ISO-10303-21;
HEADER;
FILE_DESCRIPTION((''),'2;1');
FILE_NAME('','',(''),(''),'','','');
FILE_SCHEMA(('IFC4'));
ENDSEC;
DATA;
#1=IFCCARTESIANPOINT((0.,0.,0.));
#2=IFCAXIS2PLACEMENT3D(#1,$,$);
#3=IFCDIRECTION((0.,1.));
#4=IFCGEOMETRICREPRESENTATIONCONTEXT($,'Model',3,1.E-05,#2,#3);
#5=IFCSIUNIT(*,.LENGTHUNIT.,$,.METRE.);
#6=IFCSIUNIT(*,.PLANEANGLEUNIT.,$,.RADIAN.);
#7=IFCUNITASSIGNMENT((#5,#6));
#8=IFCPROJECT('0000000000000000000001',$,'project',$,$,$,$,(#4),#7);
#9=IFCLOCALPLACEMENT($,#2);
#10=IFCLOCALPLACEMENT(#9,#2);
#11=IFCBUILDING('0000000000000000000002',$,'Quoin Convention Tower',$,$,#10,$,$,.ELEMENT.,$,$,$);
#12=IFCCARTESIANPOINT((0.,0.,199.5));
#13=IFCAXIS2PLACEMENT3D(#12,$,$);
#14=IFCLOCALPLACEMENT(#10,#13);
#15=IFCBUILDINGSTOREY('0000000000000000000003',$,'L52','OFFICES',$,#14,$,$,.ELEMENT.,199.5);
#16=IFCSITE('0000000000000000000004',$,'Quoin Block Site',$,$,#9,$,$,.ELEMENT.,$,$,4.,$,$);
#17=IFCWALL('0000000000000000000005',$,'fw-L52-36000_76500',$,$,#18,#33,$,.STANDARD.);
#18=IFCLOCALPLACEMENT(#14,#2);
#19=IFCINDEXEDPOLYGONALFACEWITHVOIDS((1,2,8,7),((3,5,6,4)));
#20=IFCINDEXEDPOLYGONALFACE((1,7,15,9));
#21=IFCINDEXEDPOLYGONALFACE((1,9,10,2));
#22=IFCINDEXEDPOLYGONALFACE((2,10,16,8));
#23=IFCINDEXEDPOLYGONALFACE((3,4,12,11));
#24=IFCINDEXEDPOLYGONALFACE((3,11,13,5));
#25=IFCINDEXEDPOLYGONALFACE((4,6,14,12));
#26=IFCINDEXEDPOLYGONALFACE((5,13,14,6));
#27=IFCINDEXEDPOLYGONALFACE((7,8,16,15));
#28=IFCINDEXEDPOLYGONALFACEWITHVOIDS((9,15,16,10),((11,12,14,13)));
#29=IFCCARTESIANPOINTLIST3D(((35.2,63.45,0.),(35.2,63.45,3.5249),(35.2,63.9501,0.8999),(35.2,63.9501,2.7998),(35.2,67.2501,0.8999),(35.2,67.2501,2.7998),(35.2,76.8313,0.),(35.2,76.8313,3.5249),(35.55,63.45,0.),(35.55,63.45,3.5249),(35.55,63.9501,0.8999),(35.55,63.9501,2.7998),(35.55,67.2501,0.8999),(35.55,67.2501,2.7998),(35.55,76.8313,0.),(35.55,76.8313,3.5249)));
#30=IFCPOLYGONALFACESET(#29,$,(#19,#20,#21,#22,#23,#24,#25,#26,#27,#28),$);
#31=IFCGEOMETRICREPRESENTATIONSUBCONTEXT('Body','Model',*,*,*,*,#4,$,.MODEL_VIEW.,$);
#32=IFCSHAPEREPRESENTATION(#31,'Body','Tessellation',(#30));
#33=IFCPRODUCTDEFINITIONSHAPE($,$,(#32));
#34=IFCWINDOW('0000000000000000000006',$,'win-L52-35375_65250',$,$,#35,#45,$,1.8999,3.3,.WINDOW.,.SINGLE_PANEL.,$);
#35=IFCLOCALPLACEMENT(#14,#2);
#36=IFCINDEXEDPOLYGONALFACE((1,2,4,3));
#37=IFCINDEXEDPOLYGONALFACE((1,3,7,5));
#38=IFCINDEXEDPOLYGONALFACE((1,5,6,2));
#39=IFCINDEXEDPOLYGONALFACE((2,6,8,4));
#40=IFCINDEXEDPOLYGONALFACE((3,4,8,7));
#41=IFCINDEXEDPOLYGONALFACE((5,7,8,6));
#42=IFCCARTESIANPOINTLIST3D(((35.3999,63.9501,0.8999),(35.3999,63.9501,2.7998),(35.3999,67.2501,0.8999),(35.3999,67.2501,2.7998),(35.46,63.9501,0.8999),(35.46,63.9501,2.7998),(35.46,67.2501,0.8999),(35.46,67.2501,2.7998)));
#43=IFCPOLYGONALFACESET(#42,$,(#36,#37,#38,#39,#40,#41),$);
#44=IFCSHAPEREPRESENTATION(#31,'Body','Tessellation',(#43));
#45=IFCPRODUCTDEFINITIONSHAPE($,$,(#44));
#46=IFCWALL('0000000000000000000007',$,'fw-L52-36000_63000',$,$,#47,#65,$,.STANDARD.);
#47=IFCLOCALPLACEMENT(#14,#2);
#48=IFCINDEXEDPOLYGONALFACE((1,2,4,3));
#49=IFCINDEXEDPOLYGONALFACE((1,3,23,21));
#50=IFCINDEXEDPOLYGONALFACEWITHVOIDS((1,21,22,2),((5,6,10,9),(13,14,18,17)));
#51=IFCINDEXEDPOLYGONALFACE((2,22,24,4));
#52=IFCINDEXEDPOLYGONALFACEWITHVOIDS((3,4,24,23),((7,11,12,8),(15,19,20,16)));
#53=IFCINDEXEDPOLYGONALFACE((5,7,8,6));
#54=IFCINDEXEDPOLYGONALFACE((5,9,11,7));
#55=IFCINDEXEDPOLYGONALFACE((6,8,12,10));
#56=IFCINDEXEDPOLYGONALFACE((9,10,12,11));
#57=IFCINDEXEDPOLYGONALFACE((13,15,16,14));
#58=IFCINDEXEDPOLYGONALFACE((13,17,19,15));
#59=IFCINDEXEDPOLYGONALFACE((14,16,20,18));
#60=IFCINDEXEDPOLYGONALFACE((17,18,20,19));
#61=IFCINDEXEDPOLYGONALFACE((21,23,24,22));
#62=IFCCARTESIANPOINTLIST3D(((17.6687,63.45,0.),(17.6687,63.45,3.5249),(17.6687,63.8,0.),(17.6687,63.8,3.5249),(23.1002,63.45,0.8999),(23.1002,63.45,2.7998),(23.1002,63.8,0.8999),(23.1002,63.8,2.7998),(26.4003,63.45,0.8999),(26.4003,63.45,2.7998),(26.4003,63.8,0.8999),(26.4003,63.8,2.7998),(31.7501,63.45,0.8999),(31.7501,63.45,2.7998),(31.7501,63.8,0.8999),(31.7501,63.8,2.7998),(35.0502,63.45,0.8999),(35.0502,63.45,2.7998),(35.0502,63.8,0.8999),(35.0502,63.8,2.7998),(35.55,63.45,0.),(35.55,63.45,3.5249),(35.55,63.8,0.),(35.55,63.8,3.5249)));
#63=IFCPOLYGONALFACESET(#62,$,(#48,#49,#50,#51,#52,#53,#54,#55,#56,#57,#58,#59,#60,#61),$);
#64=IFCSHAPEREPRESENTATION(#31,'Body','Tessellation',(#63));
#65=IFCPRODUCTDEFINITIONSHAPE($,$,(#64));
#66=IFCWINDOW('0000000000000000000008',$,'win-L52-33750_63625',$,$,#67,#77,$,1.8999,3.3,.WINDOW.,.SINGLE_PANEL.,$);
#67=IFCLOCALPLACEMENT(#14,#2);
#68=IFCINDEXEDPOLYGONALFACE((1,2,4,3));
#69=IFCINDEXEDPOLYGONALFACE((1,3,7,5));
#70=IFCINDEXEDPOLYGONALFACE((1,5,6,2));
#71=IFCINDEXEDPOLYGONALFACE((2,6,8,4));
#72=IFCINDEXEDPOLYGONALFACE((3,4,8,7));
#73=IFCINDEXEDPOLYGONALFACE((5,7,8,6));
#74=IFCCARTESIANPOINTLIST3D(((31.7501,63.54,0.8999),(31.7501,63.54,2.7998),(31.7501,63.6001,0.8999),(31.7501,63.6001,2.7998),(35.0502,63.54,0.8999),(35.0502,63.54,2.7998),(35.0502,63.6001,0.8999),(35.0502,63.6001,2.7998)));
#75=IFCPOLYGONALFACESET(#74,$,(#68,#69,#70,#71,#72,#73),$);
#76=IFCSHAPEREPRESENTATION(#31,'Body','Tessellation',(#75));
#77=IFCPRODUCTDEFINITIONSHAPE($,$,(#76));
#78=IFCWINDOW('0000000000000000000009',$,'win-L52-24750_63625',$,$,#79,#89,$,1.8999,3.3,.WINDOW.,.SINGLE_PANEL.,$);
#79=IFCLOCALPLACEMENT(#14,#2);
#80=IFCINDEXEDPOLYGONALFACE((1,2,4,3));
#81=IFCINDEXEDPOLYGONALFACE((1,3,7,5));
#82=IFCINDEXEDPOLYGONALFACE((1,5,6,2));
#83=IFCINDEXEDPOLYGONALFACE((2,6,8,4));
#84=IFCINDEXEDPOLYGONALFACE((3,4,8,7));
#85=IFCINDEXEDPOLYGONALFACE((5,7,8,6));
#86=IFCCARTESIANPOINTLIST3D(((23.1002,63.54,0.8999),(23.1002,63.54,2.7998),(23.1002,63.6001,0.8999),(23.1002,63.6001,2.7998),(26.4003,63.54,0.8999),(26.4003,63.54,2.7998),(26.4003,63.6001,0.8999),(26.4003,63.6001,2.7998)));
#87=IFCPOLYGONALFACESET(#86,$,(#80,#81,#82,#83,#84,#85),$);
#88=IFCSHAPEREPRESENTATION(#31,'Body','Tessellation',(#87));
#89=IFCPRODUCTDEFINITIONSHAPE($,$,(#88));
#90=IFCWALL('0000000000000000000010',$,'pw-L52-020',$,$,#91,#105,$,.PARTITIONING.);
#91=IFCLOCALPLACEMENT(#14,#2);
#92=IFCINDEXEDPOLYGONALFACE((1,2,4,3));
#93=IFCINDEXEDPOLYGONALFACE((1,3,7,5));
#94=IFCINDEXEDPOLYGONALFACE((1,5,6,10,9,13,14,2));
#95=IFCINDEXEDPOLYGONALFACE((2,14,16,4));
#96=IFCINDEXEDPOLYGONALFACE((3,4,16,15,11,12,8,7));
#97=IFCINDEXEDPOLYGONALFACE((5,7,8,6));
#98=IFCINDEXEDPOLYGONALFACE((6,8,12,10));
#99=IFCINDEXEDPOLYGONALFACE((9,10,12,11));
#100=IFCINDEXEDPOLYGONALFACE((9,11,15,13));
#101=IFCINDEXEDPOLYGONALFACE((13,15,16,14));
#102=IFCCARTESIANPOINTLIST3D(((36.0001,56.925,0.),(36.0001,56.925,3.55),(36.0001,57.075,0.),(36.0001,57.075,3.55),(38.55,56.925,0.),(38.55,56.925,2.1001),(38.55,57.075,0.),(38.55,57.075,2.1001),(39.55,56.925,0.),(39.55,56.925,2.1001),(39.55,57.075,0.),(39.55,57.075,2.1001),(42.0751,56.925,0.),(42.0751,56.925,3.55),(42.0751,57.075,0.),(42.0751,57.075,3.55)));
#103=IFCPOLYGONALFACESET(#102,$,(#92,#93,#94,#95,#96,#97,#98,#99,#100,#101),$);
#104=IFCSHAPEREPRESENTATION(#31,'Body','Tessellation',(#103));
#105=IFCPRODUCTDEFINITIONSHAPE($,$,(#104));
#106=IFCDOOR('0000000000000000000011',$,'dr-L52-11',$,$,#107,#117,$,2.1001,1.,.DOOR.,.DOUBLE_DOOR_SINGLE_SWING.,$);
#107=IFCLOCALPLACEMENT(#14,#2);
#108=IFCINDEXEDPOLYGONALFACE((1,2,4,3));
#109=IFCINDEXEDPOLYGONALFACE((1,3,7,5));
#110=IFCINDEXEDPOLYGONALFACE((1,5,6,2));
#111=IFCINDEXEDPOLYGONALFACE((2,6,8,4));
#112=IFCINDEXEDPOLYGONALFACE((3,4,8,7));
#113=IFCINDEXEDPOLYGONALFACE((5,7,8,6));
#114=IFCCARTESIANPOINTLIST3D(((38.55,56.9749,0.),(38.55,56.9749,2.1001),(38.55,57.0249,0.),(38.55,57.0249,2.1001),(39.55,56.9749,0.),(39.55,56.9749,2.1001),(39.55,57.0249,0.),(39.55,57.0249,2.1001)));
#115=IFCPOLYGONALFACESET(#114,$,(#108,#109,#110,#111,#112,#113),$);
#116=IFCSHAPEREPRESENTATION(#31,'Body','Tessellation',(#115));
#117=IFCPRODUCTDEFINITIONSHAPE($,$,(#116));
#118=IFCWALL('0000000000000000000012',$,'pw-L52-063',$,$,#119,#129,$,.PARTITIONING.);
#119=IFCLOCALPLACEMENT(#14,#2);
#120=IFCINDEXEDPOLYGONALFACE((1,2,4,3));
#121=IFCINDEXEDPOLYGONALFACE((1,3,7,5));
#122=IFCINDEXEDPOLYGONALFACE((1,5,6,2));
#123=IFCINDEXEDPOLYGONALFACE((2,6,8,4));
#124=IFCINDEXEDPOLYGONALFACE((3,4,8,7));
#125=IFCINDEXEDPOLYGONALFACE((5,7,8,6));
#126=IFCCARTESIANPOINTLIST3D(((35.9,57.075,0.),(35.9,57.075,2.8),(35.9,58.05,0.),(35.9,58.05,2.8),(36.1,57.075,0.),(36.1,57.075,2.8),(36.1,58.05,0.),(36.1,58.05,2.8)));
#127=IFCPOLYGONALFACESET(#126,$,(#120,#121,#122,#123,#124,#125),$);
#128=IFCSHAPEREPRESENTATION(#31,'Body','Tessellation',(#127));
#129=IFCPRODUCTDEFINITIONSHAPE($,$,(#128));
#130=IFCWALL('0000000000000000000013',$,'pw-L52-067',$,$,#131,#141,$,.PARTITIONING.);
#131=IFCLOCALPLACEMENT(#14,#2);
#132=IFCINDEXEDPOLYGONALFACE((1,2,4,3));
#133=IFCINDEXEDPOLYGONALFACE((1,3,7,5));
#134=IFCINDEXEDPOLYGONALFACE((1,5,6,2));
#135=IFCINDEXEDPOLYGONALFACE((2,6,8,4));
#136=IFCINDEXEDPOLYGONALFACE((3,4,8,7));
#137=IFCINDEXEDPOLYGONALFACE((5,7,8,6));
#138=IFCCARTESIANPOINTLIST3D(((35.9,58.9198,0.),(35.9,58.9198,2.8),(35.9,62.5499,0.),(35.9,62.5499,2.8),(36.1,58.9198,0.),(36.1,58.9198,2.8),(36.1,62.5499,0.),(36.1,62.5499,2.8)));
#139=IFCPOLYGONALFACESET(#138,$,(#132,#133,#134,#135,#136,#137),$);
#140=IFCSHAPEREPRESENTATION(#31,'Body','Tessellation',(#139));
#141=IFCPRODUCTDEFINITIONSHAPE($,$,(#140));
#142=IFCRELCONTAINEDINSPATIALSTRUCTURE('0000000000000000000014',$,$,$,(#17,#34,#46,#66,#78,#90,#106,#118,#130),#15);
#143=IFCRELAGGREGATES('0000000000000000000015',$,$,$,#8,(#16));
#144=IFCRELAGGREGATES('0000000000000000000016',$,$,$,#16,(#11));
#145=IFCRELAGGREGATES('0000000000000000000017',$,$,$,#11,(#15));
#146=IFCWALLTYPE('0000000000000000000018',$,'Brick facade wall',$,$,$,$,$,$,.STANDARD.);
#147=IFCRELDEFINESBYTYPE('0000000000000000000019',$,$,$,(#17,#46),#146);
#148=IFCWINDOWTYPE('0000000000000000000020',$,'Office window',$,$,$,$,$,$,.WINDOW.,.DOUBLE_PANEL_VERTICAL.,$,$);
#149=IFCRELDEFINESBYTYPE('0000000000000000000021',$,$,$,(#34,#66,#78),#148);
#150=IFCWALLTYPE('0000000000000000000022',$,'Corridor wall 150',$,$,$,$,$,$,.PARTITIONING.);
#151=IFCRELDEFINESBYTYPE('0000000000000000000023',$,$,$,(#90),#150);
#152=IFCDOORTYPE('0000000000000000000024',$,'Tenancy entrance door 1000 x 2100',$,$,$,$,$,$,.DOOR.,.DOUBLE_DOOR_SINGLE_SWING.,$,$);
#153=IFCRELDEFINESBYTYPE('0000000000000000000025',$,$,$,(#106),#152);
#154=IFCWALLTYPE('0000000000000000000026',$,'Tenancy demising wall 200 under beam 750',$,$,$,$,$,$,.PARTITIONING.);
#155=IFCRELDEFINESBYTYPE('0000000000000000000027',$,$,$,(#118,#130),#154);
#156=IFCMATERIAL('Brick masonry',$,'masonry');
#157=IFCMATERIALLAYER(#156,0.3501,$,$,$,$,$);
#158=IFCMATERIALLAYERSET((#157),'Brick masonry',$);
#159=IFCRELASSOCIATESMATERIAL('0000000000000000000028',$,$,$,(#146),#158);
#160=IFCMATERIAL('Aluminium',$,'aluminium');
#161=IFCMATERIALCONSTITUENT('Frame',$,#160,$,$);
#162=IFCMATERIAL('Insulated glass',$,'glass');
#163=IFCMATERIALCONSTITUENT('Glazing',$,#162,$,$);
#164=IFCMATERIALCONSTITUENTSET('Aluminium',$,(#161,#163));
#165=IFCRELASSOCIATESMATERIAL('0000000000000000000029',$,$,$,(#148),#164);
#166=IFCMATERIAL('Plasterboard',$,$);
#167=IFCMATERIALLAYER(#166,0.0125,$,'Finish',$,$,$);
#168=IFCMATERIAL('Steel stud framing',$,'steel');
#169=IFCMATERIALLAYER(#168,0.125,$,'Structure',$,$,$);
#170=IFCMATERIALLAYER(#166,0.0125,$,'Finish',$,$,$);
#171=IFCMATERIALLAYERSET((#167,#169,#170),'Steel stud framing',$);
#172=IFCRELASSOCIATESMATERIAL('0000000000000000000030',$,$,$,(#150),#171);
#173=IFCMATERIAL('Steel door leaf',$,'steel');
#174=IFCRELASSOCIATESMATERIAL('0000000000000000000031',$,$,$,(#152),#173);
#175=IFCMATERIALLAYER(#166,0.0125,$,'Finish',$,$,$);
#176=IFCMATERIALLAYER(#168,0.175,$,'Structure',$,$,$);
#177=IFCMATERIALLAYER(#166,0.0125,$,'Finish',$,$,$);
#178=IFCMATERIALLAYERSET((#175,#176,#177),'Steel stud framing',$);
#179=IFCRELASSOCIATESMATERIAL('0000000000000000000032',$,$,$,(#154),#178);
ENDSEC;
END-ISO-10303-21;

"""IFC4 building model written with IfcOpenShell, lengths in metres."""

from ifc_helpers import new_model, si_unit, direction, frame, frame_2d, origin, place, context, subcontext, project, spatial, rectangle, extrude, material, layer, layer_set, constituent, constituent_set, type_object, element, fill, save


model = new_model("IFC4")

# Units and contexts
model_context = context("Model", 3, precision=1e-05, world=origin(), true_north=direction((0.0, 1.0)))
body_context = subcontext(model_context, "Body", "Model", "MODEL_VIEW")
ifc_project = project(units=[si_unit("LENGTHUNIT", "METRE"), si_unit("PLANEANGLEUNIT", "RADIAN")], contexts=[model_context])

# Site, building, storey
site_placement = place(None, origin())
site = spatial("IfcSite", under=ifc_project, at=site_placement, Name="Quoin Block Site", CompositionType="ELEMENT", RefElevation=4.0)
building_placement = place(site_placement, origin())
building = spatial("IfcBuilding", under=site, at=building_placement, Name="Quoin Convention Tower", CompositionType="ELEMENT")
storey_placement = place(building_placement, frame((0.0, 0.0, 199.5)))
storey = spatial("IfcBuildingStorey", under=building, at=storey_placement, Name="L52", Description="OFFICES", CompositionType="ELEMENT", Elevation=199.5)

# Shared definitions
ifc_material_1 = material(Name="Plasterboard")
ifc_material_2 = material(Name="Steel stud framing", Category="steel")

# Wall, opening, window
ifc_material_3 = material(Name="Brick masonry", Category="masonry")
ifc_layer_1 = layer(ifc_material_3, 0.3501)
ifc_layer_set_1 = layer_set([ifc_layer_1], Name="Brick masonry")
wall_type_1 = type_object("IfcWallType", Name="Brick facade wall", PredefinedType="STANDARD", material=ifc_layer_set_1)
wall_1_placement = place(storey_placement, frame((35.375, 76.8313, 0.0), z_axis=(0.0, 0.0, 1.0), x_axis=(0.0, -1.0, 0.0)))
wall_1 = element("IfcWall", 1, at=wall_1_placement, inside=storey, type_object=wall_type_1, Name="fw-L52-36000_76500", PredefinedType="STANDARD", context=body_context, shape_type="SweptSolid", body=[
    extrude(rectangle(XDim=13.3813, YDim=0.3501, at=frame_2d((6.6907, 0.0))), origin(), (0.0, 0.0, 1.0), 3.5249),
])
opening_1_placement = place(wall_1_placement, frame((9.5813, 0.0, 0.8999)))
opening_1 = element("IfcOpeningElement", 2, at=opening_1_placement, cuts=wall_1, PredefinedType="OPENING", context=body_context, shape_type="SweptSolid", body=[
    extrude(rectangle(XDim=3.3, YDim=1.8999, at=frame_2d((1.6499, 0.95))), frame((0.0, 0.1851, 0.0), z_axis=(0.0, -1.0, 0.0), x_axis=(1.0, 0.0, 0.0)), (0.0, 0.0, 1.0), 0.3701),
])
ifc_material_4 = material(Name="Aluminium", Category="aluminium")
ifc_constituent_1 = constituent(ifc_material_4, Name="Frame")
ifc_material_5 = material(Name="Insulated glass", Category="glass")
ifc_constituent_2 = constituent(ifc_material_5, Name="Glazing")
ifc_constituent_set = constituent_set(constituents=[ifc_constituent_1, ifc_constituent_2], Name="Aluminium")
window_type = type_object("IfcWindowType", Name="Office window", PartitioningType="DOUBLE_PANEL_VERTICAL", PredefinedType="WINDOW", material=ifc_constituent_set)
window_1_placement = place(opening_1_placement, origin())
window_1 = element("IfcWindow", 3, at=window_1_placement, inside=storey, type_object=window_type, Name="win-L52-35375_65250", OverallHeight=1.8999, OverallWidth=3.3, PartitioningType="SINGLE_PANEL", PredefinedType="WINDOW", context=body_context, shape_type="SweptSolid", body=[
    extrude(rectangle(XDim=3.3, YDim=1.8999, at=frame_2d((1.6499, 0.95))), frame((0.0, 0.085, 0.0), z_axis=(0.0, -1.0, 0.0), x_axis=(1.0, 0.0, 0.0)), (0.0, 0.0, 1.0), 0.0601),
])
fill(opening_1, window_1)

# Wall, openings, windows
wall_2_placement = place(storey_placement, frame((35.55, 63.625, 0.0), z_axis=(0.0, 0.0, 1.0), x_axis=(-1.0, 0.0, 0.0)))
wall_2 = element("IfcWall", 4, at=wall_2_placement, inside=storey, type_object=wall_type_1, Name="fw-L52-36000_63000", PredefinedType="STANDARD", context=body_context, shape_type="SweptSolid", body=[
    extrude(rectangle(XDim=17.8813, YDim=0.3501, at=frame_2d((8.9407, 0.0))), origin(), (0.0, 0.0, 1.0), 3.5249),
])
opening_2_placement = place(wall_2_placement, frame((0.5, 0.0, 0.8999)))
opening_2 = element("IfcOpeningElement", 5, at=opening_2_placement, cuts=wall_2, PredefinedType="OPENING", context=body_context, shape_type="SweptSolid", body=[
    extrude(rectangle(XDim=3.3, YDim=1.8999, at=frame_2d((1.6499, 0.95))), frame((0.0, 0.1851, 0.0), z_axis=(0.0, -1.0, 0.0), x_axis=(1.0, 0.0, 0.0)), (0.0, 0.0, 1.0), 0.3701),
])
opening_3_placement = place(wall_2_placement, frame((9.1499, 0.0, 0.8999)))
opening_3 = element("IfcOpeningElement", 6, at=opening_3_placement, cuts=wall_2, PredefinedType="OPENING", context=body_context, shape_type="SweptSolid", body=[
    extrude(rectangle(XDim=3.3, YDim=1.8999, at=frame_2d((1.6499, 0.95))), frame((0.0, 0.1851, 0.0), z_axis=(0.0, -1.0, 0.0), x_axis=(1.0, 0.0, 0.0)), (0.0, 0.0, 1.0), 0.3701),
])
window_2_placement = place(opening_2_placement, origin())
window_2 = element("IfcWindow", 7, at=window_2_placement, inside=storey, type_object=window_type, Name="win-L52-33750_63625", OverallHeight=1.8999, OverallWidth=3.3, PartitioningType="SINGLE_PANEL", PredefinedType="WINDOW", context=body_context, shape_type="SweptSolid", body=[
    extrude(rectangle(XDim=3.3, YDim=1.8999, at=frame_2d((1.6499, 0.95))), frame((0.0, 0.085, 0.0), z_axis=(0.0, -1.0, 0.0), x_axis=(1.0, 0.0, 0.0)), (0.0, 0.0, 1.0), 0.0601),
])
fill(opening_2, window_2)
window_3_placement = place(opening_3_placement, origin())
window_3 = element("IfcWindow", 8, at=window_3_placement, inside=storey, type_object=window_type, Name="win-L52-24750_63625", OverallHeight=1.8999, OverallWidth=3.3, PartitioningType="SINGLE_PANEL", PredefinedType="WINDOW", context=body_context, shape_type="SweptSolid", body=[
    extrude(rectangle(XDim=3.3, YDim=1.8999, at=frame_2d((1.6499, 0.95))), frame((0.0, 0.085, 0.0), z_axis=(0.0, -1.0, 0.0), x_axis=(1.0, 0.0, 0.0)), (0.0, 0.0, 1.0), 0.0601),
])
fill(opening_3, window_3)

# Wall, opening, door
ifc_layer_2 = layer(ifc_material_1, 0.0125, Name="Finish")
ifc_layer_3 = layer(ifc_material_2, 0.125, Name="Structure")
ifc_layer_4 = layer(ifc_material_1, 0.0125, Name="Finish")
ifc_layer_set_2 = layer_set([ifc_layer_2, ifc_layer_3, ifc_layer_4], Name="Steel stud framing")
wall_type_2 = type_object("IfcWallType", Name="Corridor wall 150", PredefinedType="PARTITIONING", material=ifc_layer_set_2)
wall_3_placement = place(storey_placement, frame((36.0, 57.0, 0.0), z_axis=(0.0, 0.0, 1.0), x_axis=(1.0, 0.0, 0.0)))
wall_3 = element("IfcWall", 9, at=wall_3_placement, inside=storey, type_object=wall_type_2, Name="pw-L52-020", PredefinedType="PARTITIONING", context=body_context, shape_type="SweptSolid", body=[
    extrude(rectangle(XDim=6.075, YDim=0.1499, at=frame_2d((3.0376, 0.0))), origin(), (0.0, 0.0, 1.0), 3.55),
])
opening_4_placement = place(wall_3_placement, frame((2.55, 0.0, 0.0)))
opening_4 = element("IfcOpeningElement", 10, at=opening_4_placement, cuts=wall_3, PredefinedType="OPENING", context=body_context, shape_type="SweptSolid", body=[
    extrude(rectangle(XDim=1.0, YDim=2.1001, at=frame_2d((0.5, 1.05))), frame((0.0, 0.085, 0.0), z_axis=(0.0, -1.0, 0.0), x_axis=(1.0, 0.0, 0.0)), (0.0, 0.0, 1.0), 0.1699),
])
ifc_material_6 = material(Name="Steel door leaf", Category="steel")
door_type = type_object("IfcDoorType", Name="Tenancy entrance door 1000 x 2100", OperationType="DOUBLE_DOOR_SINGLE_SWING", PredefinedType="DOOR", material=ifc_material_6)
door_placement = place(opening_4_placement, origin())
door = element("IfcDoor", 11, at=door_placement, inside=storey, type_object=door_type, Name="dr-L52-11", OperationType="DOUBLE_DOOR_SINGLE_SWING", OverallHeight=2.1001, OverallWidth=1.0, PredefinedType="DOOR", context=body_context, shape_type="SweptSolid", body=[
    extrude(rectangle(XDim=1.0, YDim=2.1001, at=frame_2d((0.5, 1.05))), frame((0.0, 0.0249, 0.0), z_axis=(0.0, -1.0, 0.0), x_axis=(1.0, 0.0, 0.0)), (0.0, 0.0, 1.0), 0.05),
])
fill(opening_4, door)

# Walls
ifc_layer_5 = layer(ifc_material_1, 0.0125, Name="Finish")
ifc_layer_6 = layer(ifc_material_2, 0.175, Name="Structure")
ifc_layer_7 = layer(ifc_material_1, 0.0125, Name="Finish")
ifc_layer_set_3 = layer_set([ifc_layer_5, ifc_layer_6, ifc_layer_7], Name="Steel stud framing")
wall_type_3 = type_object("IfcWallType", Name="Tenancy demising wall 200 under beam 750", PredefinedType="PARTITIONING", material=ifc_layer_set_3)
wall_4_placement = place(storey_placement, frame((36.0, 57.075, 0.0), z_axis=(0.0, 0.0, 1.0), x_axis=(0.0, 1.0, 0.0)))
element("IfcWall", 12, at=wall_4_placement, inside=storey, type_object=wall_type_3, Name="pw-L52-063", PredefinedType="PARTITIONING", context=body_context, shape_type="SweptSolid", body=[
    extrude(rectangle(XDim=0.9751, YDim=0.2, at=frame_2d((0.4875, 0.0))), origin(), (0.0, 0.0, 1.0), 2.8),
])
wall_5_placement = place(storey_placement, frame((36.0, 58.9199, 0.0), z_axis=(0.0, 0.0, 1.0), x_axis=(0.0, 1.0, 0.0)))
element("IfcWall", 13, at=wall_5_placement, inside=storey, type_object=wall_type_3, Name="pw-L52-067", PredefinedType="PARTITIONING", context=body_context, shape_type="SweptSolid", body=[
    extrude(rectangle(XDim=3.6301, YDim=0.2, at=frame_2d((1.8149, 0.0))), origin(), (0.0, 0.0, 1.0), 2.8),
])

save(model, "model.ifc")
